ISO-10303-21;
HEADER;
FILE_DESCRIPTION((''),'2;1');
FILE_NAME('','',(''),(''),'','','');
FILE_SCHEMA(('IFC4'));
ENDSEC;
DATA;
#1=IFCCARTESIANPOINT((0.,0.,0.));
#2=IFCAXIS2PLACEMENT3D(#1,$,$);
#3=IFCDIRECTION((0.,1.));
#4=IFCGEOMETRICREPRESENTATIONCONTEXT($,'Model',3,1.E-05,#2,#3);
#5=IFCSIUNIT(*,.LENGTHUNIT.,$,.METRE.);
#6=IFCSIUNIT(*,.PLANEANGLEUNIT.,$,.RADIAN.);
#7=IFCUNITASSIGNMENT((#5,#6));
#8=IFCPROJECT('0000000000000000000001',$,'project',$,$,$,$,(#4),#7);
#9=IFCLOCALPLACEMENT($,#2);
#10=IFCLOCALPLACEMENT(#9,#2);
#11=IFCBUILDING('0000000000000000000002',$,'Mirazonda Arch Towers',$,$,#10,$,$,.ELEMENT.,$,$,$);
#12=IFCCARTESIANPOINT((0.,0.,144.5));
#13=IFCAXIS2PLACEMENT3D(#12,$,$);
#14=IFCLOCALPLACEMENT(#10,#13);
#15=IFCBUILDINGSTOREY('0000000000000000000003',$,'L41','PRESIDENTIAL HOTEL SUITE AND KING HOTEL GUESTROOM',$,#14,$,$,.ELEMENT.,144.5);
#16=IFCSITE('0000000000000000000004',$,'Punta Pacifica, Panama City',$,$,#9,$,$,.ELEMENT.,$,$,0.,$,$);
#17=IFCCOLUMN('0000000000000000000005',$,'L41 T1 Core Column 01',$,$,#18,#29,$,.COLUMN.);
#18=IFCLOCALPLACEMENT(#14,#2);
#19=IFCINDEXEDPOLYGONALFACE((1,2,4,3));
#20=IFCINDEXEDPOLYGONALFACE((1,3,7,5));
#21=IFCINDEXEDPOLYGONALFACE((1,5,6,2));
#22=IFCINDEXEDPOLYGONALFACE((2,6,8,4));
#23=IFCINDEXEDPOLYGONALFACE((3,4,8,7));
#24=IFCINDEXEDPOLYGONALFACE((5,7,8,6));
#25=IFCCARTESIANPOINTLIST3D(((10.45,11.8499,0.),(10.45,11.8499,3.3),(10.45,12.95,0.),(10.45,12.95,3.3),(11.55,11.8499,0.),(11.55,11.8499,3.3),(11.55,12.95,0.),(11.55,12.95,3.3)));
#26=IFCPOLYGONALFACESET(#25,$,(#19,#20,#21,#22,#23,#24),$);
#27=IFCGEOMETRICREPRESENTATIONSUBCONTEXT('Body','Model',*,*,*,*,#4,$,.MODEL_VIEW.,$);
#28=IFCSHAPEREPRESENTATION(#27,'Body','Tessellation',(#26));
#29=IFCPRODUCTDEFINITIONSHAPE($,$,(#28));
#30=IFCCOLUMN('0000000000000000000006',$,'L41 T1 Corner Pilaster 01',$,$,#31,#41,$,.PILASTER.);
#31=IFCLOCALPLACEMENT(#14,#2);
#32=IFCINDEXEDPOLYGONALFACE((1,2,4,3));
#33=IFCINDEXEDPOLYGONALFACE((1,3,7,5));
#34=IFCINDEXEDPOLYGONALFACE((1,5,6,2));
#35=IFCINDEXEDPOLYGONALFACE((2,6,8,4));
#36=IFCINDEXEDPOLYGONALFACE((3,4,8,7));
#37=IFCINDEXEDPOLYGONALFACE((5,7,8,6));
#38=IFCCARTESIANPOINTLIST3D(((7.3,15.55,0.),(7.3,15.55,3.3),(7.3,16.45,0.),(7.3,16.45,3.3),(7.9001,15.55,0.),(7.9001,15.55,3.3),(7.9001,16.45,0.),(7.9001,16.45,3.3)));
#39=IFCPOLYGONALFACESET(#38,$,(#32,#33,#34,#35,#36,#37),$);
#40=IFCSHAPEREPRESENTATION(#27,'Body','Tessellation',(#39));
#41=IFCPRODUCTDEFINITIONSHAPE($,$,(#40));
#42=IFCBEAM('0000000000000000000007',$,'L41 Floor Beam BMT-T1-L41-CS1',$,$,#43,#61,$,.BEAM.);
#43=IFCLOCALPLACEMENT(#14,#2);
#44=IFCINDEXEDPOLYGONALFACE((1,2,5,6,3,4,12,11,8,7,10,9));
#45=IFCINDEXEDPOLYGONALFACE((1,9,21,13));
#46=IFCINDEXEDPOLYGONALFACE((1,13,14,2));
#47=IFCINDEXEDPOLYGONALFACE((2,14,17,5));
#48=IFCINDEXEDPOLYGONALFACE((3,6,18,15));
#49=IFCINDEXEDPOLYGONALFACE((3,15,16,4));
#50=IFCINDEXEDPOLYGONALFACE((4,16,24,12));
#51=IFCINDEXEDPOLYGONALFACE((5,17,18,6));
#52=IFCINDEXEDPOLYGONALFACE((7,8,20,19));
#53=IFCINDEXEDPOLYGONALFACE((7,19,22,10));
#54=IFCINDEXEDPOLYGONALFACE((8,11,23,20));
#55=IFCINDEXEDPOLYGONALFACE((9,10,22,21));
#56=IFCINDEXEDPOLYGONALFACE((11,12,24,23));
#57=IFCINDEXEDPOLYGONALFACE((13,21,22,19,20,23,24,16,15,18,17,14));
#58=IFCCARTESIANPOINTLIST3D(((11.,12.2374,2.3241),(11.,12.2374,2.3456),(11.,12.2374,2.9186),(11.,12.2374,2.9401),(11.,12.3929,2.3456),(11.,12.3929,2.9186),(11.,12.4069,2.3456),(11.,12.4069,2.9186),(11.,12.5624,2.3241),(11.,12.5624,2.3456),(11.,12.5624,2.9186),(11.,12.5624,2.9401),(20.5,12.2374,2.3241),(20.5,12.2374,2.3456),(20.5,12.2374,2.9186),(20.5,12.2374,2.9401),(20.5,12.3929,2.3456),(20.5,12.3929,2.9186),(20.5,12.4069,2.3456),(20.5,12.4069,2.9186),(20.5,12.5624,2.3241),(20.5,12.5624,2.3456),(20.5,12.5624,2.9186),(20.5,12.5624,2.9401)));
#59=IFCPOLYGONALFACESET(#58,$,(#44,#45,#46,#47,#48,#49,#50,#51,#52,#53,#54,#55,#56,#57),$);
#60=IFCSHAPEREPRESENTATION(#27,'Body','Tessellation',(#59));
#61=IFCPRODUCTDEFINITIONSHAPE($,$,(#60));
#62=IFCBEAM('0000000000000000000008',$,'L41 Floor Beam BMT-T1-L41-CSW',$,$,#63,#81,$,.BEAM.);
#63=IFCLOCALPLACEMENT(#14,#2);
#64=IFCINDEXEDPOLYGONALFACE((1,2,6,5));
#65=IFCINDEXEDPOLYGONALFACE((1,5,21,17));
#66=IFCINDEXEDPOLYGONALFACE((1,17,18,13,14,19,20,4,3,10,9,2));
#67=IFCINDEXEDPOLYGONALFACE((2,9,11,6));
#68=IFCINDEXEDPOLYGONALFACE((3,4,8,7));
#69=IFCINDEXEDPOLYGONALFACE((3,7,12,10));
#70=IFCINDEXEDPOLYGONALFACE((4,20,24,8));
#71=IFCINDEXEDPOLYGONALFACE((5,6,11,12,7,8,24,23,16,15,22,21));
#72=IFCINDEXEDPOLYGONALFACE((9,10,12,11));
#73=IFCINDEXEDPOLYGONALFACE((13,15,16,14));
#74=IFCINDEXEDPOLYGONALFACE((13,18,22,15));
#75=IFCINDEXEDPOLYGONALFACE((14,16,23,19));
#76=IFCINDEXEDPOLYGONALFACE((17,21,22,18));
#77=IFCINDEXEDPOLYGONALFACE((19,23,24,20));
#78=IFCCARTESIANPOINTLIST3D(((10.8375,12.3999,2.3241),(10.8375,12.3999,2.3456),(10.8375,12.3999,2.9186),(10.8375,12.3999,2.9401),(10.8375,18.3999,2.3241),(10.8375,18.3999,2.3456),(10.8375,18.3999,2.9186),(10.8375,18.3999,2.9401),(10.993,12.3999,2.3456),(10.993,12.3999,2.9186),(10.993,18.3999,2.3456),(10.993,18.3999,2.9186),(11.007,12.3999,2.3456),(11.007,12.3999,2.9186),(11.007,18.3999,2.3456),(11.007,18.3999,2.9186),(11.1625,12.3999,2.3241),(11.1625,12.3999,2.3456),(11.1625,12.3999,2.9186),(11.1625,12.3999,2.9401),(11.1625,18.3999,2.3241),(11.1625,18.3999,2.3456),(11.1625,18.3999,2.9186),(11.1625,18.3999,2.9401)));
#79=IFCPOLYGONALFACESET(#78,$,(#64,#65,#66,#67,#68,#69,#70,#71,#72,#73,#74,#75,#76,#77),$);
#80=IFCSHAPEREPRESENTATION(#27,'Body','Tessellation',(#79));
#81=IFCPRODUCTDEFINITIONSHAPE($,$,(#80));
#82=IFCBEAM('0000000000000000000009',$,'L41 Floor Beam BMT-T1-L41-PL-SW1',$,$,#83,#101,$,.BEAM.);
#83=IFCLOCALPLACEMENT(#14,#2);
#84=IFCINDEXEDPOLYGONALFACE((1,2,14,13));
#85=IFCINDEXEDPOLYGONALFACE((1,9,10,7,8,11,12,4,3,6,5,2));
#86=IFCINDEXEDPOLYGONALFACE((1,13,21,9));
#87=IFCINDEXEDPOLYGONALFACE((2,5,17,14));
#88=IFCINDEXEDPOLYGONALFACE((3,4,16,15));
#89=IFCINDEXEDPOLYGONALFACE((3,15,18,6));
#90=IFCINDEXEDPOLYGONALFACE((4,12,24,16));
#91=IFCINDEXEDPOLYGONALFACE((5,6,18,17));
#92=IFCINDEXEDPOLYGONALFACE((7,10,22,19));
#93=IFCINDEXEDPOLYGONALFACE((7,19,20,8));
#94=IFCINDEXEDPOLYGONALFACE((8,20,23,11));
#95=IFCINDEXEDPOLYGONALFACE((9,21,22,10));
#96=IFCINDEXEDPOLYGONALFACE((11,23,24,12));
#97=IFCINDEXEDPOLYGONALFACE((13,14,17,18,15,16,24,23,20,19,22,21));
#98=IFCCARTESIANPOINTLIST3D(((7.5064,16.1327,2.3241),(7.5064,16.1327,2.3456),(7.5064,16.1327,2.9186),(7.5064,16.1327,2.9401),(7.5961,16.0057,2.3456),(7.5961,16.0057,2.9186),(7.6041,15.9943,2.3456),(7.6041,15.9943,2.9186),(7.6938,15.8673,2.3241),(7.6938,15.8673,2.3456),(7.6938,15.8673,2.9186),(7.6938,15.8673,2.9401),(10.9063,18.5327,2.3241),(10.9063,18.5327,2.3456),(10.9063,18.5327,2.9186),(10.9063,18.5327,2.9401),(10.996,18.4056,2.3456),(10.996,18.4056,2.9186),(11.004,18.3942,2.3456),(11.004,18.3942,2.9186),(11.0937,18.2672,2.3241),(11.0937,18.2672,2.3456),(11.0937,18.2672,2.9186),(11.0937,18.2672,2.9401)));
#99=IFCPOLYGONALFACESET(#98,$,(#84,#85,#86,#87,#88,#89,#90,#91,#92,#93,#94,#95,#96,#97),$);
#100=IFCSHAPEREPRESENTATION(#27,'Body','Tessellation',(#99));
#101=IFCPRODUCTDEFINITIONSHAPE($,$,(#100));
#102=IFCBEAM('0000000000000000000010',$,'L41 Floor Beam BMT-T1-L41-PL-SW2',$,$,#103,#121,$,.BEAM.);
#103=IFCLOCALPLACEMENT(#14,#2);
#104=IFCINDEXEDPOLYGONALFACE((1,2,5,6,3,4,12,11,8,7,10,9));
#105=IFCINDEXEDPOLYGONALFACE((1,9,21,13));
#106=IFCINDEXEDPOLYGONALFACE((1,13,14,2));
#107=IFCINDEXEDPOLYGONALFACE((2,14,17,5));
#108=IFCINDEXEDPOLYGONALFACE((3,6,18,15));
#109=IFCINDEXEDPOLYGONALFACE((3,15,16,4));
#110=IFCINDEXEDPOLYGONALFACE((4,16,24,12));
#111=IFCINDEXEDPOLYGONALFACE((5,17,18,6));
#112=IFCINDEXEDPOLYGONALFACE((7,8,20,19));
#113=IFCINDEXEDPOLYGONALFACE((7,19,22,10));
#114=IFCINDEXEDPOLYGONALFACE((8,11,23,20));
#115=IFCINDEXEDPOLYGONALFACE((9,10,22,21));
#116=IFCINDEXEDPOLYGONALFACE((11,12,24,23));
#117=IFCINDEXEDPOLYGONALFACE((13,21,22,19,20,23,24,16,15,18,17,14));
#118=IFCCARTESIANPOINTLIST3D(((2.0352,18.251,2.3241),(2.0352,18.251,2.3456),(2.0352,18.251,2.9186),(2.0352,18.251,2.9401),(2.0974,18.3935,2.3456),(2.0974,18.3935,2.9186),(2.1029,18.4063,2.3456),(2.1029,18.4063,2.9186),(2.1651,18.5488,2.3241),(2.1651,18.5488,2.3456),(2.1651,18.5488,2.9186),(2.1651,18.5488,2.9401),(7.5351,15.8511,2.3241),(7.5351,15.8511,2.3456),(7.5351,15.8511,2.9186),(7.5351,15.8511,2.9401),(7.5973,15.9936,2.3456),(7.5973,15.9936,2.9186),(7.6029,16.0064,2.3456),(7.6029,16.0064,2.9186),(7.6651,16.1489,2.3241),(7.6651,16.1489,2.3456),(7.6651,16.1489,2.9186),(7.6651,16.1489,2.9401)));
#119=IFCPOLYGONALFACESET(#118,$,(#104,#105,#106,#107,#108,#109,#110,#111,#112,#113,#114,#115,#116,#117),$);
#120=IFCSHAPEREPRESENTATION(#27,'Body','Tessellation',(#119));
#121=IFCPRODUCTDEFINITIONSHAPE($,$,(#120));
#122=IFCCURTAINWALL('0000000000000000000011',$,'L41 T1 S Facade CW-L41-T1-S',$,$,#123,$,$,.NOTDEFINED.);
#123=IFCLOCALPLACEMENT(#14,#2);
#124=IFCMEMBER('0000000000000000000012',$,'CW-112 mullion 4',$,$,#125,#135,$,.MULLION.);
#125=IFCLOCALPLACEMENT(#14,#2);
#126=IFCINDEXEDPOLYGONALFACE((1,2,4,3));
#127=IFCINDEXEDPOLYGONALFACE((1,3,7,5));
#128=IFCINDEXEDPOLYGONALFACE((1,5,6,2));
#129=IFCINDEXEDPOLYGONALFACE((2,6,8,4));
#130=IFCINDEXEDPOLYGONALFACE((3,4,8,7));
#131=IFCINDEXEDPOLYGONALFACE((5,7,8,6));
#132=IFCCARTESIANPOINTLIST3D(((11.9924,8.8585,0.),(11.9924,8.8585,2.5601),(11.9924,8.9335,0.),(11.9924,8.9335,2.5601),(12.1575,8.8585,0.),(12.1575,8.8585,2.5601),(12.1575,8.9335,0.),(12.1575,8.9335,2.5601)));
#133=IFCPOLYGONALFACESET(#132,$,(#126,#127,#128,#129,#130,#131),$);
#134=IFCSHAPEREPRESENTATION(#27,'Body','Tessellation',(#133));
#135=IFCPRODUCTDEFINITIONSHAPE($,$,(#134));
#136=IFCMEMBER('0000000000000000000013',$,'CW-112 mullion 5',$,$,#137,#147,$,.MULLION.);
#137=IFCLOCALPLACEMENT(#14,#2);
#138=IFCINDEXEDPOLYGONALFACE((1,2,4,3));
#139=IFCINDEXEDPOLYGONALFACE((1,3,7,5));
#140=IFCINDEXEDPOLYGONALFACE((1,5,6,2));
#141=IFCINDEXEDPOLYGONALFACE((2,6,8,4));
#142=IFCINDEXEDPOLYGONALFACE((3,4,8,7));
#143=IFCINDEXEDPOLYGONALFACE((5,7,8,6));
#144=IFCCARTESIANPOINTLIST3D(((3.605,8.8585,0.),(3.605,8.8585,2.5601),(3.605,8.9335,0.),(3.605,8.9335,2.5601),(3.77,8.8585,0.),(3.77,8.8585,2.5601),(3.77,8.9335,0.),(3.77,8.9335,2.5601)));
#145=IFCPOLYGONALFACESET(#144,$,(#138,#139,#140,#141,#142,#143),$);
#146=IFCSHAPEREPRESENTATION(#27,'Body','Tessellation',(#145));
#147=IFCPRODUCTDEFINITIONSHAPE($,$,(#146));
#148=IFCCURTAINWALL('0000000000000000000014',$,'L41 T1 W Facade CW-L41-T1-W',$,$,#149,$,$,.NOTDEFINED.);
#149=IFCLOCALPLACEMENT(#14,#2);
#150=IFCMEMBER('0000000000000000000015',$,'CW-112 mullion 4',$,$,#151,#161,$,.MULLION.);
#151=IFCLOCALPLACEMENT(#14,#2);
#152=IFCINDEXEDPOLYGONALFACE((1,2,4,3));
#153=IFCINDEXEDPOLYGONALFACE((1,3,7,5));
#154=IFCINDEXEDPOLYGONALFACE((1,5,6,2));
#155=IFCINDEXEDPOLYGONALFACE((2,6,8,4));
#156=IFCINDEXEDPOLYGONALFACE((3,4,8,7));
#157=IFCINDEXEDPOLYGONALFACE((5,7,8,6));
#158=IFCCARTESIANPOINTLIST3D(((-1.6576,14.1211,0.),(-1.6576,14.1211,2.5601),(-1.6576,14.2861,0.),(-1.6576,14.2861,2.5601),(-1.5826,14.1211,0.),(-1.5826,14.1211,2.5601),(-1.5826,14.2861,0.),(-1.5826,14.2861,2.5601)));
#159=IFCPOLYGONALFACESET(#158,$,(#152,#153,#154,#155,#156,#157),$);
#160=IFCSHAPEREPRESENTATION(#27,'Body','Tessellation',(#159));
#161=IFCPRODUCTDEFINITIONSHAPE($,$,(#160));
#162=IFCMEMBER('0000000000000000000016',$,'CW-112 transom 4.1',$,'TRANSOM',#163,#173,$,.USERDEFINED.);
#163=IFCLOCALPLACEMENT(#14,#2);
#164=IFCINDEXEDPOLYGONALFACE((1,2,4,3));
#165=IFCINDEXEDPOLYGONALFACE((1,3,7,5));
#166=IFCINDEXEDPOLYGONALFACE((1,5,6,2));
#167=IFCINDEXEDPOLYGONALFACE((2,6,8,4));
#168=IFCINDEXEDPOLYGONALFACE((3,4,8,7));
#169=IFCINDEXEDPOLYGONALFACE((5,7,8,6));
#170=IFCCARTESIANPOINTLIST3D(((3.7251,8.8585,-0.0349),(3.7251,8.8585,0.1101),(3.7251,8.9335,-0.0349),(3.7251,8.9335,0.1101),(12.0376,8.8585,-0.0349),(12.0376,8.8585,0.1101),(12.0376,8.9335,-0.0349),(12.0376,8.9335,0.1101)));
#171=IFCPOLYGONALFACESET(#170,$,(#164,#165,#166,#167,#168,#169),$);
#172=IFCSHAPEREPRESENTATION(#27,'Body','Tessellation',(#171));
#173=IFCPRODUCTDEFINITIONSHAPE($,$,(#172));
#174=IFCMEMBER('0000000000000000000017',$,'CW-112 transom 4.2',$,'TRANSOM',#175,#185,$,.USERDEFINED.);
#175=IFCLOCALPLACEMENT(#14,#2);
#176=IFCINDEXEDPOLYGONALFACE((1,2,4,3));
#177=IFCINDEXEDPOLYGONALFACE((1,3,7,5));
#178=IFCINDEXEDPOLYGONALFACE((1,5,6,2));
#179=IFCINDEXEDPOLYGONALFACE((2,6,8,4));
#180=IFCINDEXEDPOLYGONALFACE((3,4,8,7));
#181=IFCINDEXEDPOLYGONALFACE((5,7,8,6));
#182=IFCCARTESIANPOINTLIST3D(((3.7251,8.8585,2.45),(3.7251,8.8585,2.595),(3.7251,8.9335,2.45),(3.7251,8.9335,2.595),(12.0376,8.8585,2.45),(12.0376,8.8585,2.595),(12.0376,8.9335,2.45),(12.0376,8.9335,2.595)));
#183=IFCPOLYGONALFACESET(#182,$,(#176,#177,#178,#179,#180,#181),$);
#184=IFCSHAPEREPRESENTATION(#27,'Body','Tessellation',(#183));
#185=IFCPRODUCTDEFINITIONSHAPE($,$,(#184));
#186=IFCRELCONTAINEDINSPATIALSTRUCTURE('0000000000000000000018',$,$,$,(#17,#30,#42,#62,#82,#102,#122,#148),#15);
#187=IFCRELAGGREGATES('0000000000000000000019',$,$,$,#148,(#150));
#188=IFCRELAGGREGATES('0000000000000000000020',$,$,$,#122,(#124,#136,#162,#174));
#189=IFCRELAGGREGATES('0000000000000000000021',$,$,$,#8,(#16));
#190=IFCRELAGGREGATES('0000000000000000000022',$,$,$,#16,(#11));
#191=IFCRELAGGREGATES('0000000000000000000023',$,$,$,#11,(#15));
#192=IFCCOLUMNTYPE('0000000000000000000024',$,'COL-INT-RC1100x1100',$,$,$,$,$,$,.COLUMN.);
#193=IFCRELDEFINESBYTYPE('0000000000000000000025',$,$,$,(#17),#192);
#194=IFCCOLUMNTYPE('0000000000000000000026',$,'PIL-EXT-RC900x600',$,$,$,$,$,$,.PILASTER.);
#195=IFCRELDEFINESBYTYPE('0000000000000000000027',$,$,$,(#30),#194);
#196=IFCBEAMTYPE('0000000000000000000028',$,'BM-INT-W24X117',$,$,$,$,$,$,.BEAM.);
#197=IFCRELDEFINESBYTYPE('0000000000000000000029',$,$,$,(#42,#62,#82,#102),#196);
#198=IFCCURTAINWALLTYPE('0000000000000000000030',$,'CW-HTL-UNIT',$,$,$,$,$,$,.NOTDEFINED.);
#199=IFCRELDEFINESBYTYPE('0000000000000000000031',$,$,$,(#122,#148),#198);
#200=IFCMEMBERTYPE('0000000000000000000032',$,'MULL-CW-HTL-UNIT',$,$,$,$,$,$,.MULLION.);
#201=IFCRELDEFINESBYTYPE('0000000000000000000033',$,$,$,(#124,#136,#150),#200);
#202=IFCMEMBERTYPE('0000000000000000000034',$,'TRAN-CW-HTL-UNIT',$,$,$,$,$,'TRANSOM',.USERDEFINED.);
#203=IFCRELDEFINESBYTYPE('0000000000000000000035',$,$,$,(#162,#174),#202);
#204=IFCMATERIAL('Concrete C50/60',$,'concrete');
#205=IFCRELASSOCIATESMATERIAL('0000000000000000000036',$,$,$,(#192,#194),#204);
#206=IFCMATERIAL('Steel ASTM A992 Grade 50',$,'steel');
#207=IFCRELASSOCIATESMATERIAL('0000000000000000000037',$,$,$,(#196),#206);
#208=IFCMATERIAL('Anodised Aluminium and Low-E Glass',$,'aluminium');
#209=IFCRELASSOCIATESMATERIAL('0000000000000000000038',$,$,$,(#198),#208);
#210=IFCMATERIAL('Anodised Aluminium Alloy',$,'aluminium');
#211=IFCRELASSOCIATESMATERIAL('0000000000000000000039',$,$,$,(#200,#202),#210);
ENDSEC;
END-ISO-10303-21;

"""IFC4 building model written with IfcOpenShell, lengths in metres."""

from ifc_helpers import new_model, si_unit, direction, frame, origin, origin_2d, place, context, subcontext, project, spatial, rectangle, i_section, extrude, material, material_profile, profile_set, type_object, element, aggregate, save


model = new_model("IFC4")

# Units and contexts
model_context = context("Model", 3, precision=1e-05, world=origin(), true_north=direction((0.0, 1.0)))
body_context = subcontext(model_context, "Body", "Model", "MODEL_VIEW")
ifc_project = project(units=[si_unit("LENGTHUNIT", "METRE"), si_unit("PLANEANGLEUNIT", "RADIAN")], contexts=[model_context])

# Site, building, storey
site_placement = place(None, origin())
site = spatial("IfcSite", under=ifc_project, at=site_placement, Name="Punta Pacifica, Panama City", CompositionType="ELEMENT", RefElevation=0.0)
building_placement = place(site_placement, origin())
building = spatial("IfcBuilding", under=site, at=building_placement, Name="Mirazonda Arch Towers", CompositionType="ELEMENT")
storey_placement = place(building_placement, frame((0.0, 0.0, 144.5)))
storey = spatial("IfcBuildingStorey", under=building, at=storey_placement, Name="L41", Description="PRESIDENTIAL HOTEL SUITE AND KING HOTEL GUESTROOM", CompositionType="ELEMENT", Elevation=144.5)

# Columns
ifc_material_1 = material(Name="Concrete C50/60", Category="concrete")
ifc_material_profile_1 = material_profile(ifc_material_1, rectangle(XDim=1.1001, YDim=1.1001, at=origin_2d()), Name="RC1100x1100")
ifc_profile_set_1 = profile_set([ifc_material_profile_1], Name="Concrete C50/60")
column_type_1 = type_object("IfcColumnType", Name="COL-INT-RC1100x1100", PredefinedType="COLUMN", material=ifc_profile_set_1)
column_1_placement = place(storey_placement, frame((11.0, 12.3999, 0.0), z_axis=(0.0, 0.0, 1.0), x_axis=(1.0, 0.0, 0.0)))
element("IfcColumn", 1, at=column_1_placement, inside=storey, type_object=column_type_1, Name="L41 T1 Core Column 01", PredefinedType="COLUMN", context=body_context, shape_type="SweptSolid", body=[
    extrude(rectangle(XDim=1.1001, YDim=1.1001, at=origin_2d()), origin(), (0.0, 0.0, 1.0), 3.3),
])
ifc_material_profile_2 = material_profile(ifc_material_1, rectangle(XDim=0.6001, YDim=0.8999, at=origin_2d()), Name="RC900x600")
ifc_profile_set_2 = profile_set([ifc_material_profile_2], Name="Concrete C50/60")
column_type_2 = type_object("IfcColumnType", Name="PIL-EXT-RC900x600", PredefinedType="PILASTER", material=ifc_profile_set_2)
column_2_placement = place(storey_placement, frame((7.6001, 16.0, 0.0), z_axis=(0.0, 0.0, 1.0), x_axis=(1.0, 0.0, 0.0)))
element("IfcColumn", 2, at=column_2_placement, inside=storey, type_object=column_type_2, Name="L41 T1 Corner Pilaster 01", PredefinedType="PILASTER", context=body_context, shape_type="SweptSolid", body=[
    extrude(rectangle(XDim=0.6001, YDim=0.8999, at=origin_2d()), origin(), (0.0, 0.0, 1.0), 3.3),
])

# Beams
ifc_material_2 = material(Name="Steel ASTM A992 Grade 50", Category="steel")
ifc_material_profile_3 = material_profile(ifc_material_2, i_section(OverallWidth=0.325, OverallDepth=0.616, WebThickness=0.0139, FlangeThickness=0.0215, at=origin_2d()), Name="W24X117")
ifc_profile_set_3 = profile_set([ifc_material_profile_3], Name="Steel ASTM A992 Grade 50")
beam_type = type_object("IfcBeamType", Name="BM-INT-W24X117", PredefinedType="BEAM", material=ifc_profile_set_3)
beam_1_placement = place(storey_placement, frame((11.0, 12.3999, 2.6321), z_axis=(1.0, 0.0, 0.0), x_axis=(0.0, 1.0, 0.0)))
element("IfcBeam", 3, at=beam_1_placement, inside=storey, type_object=beam_type, Name="L41 Floor Beam BMT-T1-L41-CS1", PredefinedType="BEAM", context=body_context, shape_type="SweptSolid", body=[
    extrude(i_section(OverallWidth=0.325, OverallDepth=0.616, WebThickness=0.0139, FlangeThickness=0.0215, at=origin_2d()), origin(), (0.0, 0.0, 1.0), 9.5),
])
beam_2_placement = place(storey_placement, frame((11.0, 12.3999, 2.6321), z_axis=(0.0, 1.0, 0.0), x_axis=(-1.0, 0.0, 0.0)))
element("IfcBeam", 4, at=beam_2_placement, inside=storey, type_object=beam_type, Name="L41 Floor Beam BMT-T1-L41-CSW", PredefinedType="BEAM", context=body_context, shape_type="SweptSolid", body=[
    extrude(i_section(OverallWidth=0.325, OverallDepth=0.616, WebThickness=0.0139, FlangeThickness=0.0215, at=origin_2d()), origin(), (0.0, 0.0, 1.0), 6.0),
])
beam_3_placement = place(storey_placement, frame((7.6001, 16.0, 2.6321), z_axis=(0.816971, 0.576679, 0.0), x_axis=(-0.576679, 0.816971, 0.0)))
element("IfcBeam", 5, at=beam_3_placement, inside=storey, type_object=beam_type, Name="L41 Floor Beam BMT-T1-L41-PL-SW1", PredefinedType="BEAM", context=body_context, shape_type="SweptSolid", body=[
    extrude(i_section(OverallWidth=0.325, OverallDepth=0.616, WebThickness=0.0139, FlangeThickness=0.0215, at=origin_2d()), origin(), (0.0, 0.0, 1.0), 4.1616),
])
beam_4_placement = place(storey_placement, frame((7.6001, 16.0, 2.6321), z_axis=(-0.916545, 0.399931, 0.0), x_axis=(-0.399931, -0.916545, 0.0)))
element("IfcBeam", 6, at=beam_4_placement, inside=storey, type_object=beam_type, Name="L41 Floor Beam BMT-T1-L41-PL-SW2", PredefinedType="BEAM", context=body_context, shape_type="SweptSolid", body=[
    extrude(i_section(OverallWidth=0.325, OverallDepth=0.616, WebThickness=0.0139, FlangeThickness=0.0215, at=origin_2d()), origin(), (0.0, 0.0, 1.0), 6.0007),
])

# Curtain wall, members
ifc_material_3 = material(Name="Anodised Aluminium and Low-E Glass", Category="aluminium")
curtain_wall_type = type_object("IfcCurtainWallType", Name="CW-HTL-UNIT", PredefinedType="NOTDEFINED", material=ifc_material_3)
curtain_wall_1_placement = place(storey_placement, origin())
curtain_wall_1 = element("IfcCurtainWall", 7, at=curtain_wall_1_placement, inside=storey, type_object=curtain_wall_type, Name="L41 T1 S Facade CW-L41-T1-S", PredefinedType="NOTDEFINED")
ifc_material_4 = material(Name="Anodised Aluminium Alloy", Category="aluminium")
ifc_material_profile_4 = material_profile(ifc_material_4, rectangle(XDim=0.075, YDim=0.165, at=origin_2d()), Name="ALU-MULL-75x165")
ifc_profile_set_4 = profile_set([ifc_material_profile_4], Name="Anodised Aluminium Alloy")
member_type_1 = type_object("IfcMemberType", Name="MULL-CW-HTL-UNIT", PredefinedType="MULLION", material=ifc_profile_set_4)
member_1_placement = place(storey_placement, frame((12.075, 8.896, 0.0), z_axis=(0.0, 0.0, 1.0), x_axis=(0.0, -1.0, 0.0)))
member_1 = element("IfcMember", 8, at=member_1_placement, type_object=member_type_1, Name="CW-112 mullion 4", PredefinedType="MULLION", context=body_context, shape_type="SweptSolid", body=[
    extrude(rectangle(XDim=0.075, YDim=0.165, at=origin_2d()), origin(), (0.0, 0.0, 1.0), 2.5601),
])
member_2_placement = place(storey_placement, frame((3.6875, 8.896, 0.0), z_axis=(0.0, 0.0, 1.0), x_axis=(0.0, -1.0, 0.0)))
member_2 = element("IfcMember", 9, at=member_2_placement, type_object=member_type_1, Name="CW-112 mullion 5", PredefinedType="MULLION", context=body_context, shape_type="SweptSolid", body=[
    extrude(rectangle(XDim=0.075, YDim=0.165, at=origin_2d()), origin(), (0.0, 0.0, 1.0), 2.5601),
])

# Curtain wall, member
curtain_wall_2_placement = place(storey_placement, origin())
curtain_wall_2 = element("IfcCurtainWall", 10, at=curtain_wall_2_placement, inside=storey, type_object=curtain_wall_type, Name="L41 T1 W Facade CW-L41-T1-W", PredefinedType="NOTDEFINED")
member_3_placement = place(storey_placement, frame((-1.6201, 14.2036, 0.0), z_axis=(0.0, 0.0, 1.0), x_axis=(1.0, 0.0, 0.0)))
member_3 = element("IfcMember", 11, at=member_3_placement, type_object=member_type_1, Name="CW-112 mullion 4", PredefinedType="MULLION", context=body_context, shape_type="SweptSolid", body=[
    extrude(rectangle(XDim=0.075, YDim=0.165, at=origin_2d()), origin(), (0.0, 0.0, 1.0), 2.5601),
])
aggregate(curtain_wall_2, [member_3])

# Members
ifc_material_profile_5 = material_profile(ifc_material_4, rectangle(XDim=0.075, YDim=0.145, at=origin_2d()), Name="ALU-TRAN-75x145")
ifc_profile_set_5 = profile_set([ifc_material_profile_5], Name="Anodised Aluminium Alloy")
member_type_2 = type_object("IfcMemberType", Name="TRAN-CW-HTL-UNIT", ElementType="TRANSOM", PredefinedType="USERDEFINED", material=ifc_profile_set_5)
member_4_placement = place(storey_placement, frame((12.0376, 8.896, 0.0376), z_axis=(-1.0, 0.0, 0.0), x_axis=(0.0, -1.0, 0.0)))
member_4 = element("IfcMember", 12, at=member_4_placement, type_object=member_type_2, Name="CW-112 transom 4.1", ObjectType="TRANSOM", PredefinedType="USERDEFINED", context=body_context, shape_type="SweptSolid", body=[
    extrude(rectangle(XDim=0.075, YDim=0.145, at=origin_2d()), origin(), (0.0, 0.0, 1.0), 8.3125),
])
member_5_placement = place(storey_placement, frame((12.0376, 8.896, 2.5225), z_axis=(-1.0, 0.0, 0.0), x_axis=(0.0, -1.0, 0.0)))
member_5 = element("IfcMember", 13, at=member_5_placement, type_object=member_type_2, Name="CW-112 transom 4.2", ObjectType="TRANSOM", PredefinedType="USERDEFINED", context=body_context, shape_type="SweptSolid", body=[
    extrude(rectangle(XDim=0.075, YDim=0.145, at=origin_2d()), origin(), (0.0, 0.0, 1.0), 8.3125),
])

aggregate(curtain_wall_1, [member_1, member_2, member_4, member_5])

save(model, "model.ifc")
